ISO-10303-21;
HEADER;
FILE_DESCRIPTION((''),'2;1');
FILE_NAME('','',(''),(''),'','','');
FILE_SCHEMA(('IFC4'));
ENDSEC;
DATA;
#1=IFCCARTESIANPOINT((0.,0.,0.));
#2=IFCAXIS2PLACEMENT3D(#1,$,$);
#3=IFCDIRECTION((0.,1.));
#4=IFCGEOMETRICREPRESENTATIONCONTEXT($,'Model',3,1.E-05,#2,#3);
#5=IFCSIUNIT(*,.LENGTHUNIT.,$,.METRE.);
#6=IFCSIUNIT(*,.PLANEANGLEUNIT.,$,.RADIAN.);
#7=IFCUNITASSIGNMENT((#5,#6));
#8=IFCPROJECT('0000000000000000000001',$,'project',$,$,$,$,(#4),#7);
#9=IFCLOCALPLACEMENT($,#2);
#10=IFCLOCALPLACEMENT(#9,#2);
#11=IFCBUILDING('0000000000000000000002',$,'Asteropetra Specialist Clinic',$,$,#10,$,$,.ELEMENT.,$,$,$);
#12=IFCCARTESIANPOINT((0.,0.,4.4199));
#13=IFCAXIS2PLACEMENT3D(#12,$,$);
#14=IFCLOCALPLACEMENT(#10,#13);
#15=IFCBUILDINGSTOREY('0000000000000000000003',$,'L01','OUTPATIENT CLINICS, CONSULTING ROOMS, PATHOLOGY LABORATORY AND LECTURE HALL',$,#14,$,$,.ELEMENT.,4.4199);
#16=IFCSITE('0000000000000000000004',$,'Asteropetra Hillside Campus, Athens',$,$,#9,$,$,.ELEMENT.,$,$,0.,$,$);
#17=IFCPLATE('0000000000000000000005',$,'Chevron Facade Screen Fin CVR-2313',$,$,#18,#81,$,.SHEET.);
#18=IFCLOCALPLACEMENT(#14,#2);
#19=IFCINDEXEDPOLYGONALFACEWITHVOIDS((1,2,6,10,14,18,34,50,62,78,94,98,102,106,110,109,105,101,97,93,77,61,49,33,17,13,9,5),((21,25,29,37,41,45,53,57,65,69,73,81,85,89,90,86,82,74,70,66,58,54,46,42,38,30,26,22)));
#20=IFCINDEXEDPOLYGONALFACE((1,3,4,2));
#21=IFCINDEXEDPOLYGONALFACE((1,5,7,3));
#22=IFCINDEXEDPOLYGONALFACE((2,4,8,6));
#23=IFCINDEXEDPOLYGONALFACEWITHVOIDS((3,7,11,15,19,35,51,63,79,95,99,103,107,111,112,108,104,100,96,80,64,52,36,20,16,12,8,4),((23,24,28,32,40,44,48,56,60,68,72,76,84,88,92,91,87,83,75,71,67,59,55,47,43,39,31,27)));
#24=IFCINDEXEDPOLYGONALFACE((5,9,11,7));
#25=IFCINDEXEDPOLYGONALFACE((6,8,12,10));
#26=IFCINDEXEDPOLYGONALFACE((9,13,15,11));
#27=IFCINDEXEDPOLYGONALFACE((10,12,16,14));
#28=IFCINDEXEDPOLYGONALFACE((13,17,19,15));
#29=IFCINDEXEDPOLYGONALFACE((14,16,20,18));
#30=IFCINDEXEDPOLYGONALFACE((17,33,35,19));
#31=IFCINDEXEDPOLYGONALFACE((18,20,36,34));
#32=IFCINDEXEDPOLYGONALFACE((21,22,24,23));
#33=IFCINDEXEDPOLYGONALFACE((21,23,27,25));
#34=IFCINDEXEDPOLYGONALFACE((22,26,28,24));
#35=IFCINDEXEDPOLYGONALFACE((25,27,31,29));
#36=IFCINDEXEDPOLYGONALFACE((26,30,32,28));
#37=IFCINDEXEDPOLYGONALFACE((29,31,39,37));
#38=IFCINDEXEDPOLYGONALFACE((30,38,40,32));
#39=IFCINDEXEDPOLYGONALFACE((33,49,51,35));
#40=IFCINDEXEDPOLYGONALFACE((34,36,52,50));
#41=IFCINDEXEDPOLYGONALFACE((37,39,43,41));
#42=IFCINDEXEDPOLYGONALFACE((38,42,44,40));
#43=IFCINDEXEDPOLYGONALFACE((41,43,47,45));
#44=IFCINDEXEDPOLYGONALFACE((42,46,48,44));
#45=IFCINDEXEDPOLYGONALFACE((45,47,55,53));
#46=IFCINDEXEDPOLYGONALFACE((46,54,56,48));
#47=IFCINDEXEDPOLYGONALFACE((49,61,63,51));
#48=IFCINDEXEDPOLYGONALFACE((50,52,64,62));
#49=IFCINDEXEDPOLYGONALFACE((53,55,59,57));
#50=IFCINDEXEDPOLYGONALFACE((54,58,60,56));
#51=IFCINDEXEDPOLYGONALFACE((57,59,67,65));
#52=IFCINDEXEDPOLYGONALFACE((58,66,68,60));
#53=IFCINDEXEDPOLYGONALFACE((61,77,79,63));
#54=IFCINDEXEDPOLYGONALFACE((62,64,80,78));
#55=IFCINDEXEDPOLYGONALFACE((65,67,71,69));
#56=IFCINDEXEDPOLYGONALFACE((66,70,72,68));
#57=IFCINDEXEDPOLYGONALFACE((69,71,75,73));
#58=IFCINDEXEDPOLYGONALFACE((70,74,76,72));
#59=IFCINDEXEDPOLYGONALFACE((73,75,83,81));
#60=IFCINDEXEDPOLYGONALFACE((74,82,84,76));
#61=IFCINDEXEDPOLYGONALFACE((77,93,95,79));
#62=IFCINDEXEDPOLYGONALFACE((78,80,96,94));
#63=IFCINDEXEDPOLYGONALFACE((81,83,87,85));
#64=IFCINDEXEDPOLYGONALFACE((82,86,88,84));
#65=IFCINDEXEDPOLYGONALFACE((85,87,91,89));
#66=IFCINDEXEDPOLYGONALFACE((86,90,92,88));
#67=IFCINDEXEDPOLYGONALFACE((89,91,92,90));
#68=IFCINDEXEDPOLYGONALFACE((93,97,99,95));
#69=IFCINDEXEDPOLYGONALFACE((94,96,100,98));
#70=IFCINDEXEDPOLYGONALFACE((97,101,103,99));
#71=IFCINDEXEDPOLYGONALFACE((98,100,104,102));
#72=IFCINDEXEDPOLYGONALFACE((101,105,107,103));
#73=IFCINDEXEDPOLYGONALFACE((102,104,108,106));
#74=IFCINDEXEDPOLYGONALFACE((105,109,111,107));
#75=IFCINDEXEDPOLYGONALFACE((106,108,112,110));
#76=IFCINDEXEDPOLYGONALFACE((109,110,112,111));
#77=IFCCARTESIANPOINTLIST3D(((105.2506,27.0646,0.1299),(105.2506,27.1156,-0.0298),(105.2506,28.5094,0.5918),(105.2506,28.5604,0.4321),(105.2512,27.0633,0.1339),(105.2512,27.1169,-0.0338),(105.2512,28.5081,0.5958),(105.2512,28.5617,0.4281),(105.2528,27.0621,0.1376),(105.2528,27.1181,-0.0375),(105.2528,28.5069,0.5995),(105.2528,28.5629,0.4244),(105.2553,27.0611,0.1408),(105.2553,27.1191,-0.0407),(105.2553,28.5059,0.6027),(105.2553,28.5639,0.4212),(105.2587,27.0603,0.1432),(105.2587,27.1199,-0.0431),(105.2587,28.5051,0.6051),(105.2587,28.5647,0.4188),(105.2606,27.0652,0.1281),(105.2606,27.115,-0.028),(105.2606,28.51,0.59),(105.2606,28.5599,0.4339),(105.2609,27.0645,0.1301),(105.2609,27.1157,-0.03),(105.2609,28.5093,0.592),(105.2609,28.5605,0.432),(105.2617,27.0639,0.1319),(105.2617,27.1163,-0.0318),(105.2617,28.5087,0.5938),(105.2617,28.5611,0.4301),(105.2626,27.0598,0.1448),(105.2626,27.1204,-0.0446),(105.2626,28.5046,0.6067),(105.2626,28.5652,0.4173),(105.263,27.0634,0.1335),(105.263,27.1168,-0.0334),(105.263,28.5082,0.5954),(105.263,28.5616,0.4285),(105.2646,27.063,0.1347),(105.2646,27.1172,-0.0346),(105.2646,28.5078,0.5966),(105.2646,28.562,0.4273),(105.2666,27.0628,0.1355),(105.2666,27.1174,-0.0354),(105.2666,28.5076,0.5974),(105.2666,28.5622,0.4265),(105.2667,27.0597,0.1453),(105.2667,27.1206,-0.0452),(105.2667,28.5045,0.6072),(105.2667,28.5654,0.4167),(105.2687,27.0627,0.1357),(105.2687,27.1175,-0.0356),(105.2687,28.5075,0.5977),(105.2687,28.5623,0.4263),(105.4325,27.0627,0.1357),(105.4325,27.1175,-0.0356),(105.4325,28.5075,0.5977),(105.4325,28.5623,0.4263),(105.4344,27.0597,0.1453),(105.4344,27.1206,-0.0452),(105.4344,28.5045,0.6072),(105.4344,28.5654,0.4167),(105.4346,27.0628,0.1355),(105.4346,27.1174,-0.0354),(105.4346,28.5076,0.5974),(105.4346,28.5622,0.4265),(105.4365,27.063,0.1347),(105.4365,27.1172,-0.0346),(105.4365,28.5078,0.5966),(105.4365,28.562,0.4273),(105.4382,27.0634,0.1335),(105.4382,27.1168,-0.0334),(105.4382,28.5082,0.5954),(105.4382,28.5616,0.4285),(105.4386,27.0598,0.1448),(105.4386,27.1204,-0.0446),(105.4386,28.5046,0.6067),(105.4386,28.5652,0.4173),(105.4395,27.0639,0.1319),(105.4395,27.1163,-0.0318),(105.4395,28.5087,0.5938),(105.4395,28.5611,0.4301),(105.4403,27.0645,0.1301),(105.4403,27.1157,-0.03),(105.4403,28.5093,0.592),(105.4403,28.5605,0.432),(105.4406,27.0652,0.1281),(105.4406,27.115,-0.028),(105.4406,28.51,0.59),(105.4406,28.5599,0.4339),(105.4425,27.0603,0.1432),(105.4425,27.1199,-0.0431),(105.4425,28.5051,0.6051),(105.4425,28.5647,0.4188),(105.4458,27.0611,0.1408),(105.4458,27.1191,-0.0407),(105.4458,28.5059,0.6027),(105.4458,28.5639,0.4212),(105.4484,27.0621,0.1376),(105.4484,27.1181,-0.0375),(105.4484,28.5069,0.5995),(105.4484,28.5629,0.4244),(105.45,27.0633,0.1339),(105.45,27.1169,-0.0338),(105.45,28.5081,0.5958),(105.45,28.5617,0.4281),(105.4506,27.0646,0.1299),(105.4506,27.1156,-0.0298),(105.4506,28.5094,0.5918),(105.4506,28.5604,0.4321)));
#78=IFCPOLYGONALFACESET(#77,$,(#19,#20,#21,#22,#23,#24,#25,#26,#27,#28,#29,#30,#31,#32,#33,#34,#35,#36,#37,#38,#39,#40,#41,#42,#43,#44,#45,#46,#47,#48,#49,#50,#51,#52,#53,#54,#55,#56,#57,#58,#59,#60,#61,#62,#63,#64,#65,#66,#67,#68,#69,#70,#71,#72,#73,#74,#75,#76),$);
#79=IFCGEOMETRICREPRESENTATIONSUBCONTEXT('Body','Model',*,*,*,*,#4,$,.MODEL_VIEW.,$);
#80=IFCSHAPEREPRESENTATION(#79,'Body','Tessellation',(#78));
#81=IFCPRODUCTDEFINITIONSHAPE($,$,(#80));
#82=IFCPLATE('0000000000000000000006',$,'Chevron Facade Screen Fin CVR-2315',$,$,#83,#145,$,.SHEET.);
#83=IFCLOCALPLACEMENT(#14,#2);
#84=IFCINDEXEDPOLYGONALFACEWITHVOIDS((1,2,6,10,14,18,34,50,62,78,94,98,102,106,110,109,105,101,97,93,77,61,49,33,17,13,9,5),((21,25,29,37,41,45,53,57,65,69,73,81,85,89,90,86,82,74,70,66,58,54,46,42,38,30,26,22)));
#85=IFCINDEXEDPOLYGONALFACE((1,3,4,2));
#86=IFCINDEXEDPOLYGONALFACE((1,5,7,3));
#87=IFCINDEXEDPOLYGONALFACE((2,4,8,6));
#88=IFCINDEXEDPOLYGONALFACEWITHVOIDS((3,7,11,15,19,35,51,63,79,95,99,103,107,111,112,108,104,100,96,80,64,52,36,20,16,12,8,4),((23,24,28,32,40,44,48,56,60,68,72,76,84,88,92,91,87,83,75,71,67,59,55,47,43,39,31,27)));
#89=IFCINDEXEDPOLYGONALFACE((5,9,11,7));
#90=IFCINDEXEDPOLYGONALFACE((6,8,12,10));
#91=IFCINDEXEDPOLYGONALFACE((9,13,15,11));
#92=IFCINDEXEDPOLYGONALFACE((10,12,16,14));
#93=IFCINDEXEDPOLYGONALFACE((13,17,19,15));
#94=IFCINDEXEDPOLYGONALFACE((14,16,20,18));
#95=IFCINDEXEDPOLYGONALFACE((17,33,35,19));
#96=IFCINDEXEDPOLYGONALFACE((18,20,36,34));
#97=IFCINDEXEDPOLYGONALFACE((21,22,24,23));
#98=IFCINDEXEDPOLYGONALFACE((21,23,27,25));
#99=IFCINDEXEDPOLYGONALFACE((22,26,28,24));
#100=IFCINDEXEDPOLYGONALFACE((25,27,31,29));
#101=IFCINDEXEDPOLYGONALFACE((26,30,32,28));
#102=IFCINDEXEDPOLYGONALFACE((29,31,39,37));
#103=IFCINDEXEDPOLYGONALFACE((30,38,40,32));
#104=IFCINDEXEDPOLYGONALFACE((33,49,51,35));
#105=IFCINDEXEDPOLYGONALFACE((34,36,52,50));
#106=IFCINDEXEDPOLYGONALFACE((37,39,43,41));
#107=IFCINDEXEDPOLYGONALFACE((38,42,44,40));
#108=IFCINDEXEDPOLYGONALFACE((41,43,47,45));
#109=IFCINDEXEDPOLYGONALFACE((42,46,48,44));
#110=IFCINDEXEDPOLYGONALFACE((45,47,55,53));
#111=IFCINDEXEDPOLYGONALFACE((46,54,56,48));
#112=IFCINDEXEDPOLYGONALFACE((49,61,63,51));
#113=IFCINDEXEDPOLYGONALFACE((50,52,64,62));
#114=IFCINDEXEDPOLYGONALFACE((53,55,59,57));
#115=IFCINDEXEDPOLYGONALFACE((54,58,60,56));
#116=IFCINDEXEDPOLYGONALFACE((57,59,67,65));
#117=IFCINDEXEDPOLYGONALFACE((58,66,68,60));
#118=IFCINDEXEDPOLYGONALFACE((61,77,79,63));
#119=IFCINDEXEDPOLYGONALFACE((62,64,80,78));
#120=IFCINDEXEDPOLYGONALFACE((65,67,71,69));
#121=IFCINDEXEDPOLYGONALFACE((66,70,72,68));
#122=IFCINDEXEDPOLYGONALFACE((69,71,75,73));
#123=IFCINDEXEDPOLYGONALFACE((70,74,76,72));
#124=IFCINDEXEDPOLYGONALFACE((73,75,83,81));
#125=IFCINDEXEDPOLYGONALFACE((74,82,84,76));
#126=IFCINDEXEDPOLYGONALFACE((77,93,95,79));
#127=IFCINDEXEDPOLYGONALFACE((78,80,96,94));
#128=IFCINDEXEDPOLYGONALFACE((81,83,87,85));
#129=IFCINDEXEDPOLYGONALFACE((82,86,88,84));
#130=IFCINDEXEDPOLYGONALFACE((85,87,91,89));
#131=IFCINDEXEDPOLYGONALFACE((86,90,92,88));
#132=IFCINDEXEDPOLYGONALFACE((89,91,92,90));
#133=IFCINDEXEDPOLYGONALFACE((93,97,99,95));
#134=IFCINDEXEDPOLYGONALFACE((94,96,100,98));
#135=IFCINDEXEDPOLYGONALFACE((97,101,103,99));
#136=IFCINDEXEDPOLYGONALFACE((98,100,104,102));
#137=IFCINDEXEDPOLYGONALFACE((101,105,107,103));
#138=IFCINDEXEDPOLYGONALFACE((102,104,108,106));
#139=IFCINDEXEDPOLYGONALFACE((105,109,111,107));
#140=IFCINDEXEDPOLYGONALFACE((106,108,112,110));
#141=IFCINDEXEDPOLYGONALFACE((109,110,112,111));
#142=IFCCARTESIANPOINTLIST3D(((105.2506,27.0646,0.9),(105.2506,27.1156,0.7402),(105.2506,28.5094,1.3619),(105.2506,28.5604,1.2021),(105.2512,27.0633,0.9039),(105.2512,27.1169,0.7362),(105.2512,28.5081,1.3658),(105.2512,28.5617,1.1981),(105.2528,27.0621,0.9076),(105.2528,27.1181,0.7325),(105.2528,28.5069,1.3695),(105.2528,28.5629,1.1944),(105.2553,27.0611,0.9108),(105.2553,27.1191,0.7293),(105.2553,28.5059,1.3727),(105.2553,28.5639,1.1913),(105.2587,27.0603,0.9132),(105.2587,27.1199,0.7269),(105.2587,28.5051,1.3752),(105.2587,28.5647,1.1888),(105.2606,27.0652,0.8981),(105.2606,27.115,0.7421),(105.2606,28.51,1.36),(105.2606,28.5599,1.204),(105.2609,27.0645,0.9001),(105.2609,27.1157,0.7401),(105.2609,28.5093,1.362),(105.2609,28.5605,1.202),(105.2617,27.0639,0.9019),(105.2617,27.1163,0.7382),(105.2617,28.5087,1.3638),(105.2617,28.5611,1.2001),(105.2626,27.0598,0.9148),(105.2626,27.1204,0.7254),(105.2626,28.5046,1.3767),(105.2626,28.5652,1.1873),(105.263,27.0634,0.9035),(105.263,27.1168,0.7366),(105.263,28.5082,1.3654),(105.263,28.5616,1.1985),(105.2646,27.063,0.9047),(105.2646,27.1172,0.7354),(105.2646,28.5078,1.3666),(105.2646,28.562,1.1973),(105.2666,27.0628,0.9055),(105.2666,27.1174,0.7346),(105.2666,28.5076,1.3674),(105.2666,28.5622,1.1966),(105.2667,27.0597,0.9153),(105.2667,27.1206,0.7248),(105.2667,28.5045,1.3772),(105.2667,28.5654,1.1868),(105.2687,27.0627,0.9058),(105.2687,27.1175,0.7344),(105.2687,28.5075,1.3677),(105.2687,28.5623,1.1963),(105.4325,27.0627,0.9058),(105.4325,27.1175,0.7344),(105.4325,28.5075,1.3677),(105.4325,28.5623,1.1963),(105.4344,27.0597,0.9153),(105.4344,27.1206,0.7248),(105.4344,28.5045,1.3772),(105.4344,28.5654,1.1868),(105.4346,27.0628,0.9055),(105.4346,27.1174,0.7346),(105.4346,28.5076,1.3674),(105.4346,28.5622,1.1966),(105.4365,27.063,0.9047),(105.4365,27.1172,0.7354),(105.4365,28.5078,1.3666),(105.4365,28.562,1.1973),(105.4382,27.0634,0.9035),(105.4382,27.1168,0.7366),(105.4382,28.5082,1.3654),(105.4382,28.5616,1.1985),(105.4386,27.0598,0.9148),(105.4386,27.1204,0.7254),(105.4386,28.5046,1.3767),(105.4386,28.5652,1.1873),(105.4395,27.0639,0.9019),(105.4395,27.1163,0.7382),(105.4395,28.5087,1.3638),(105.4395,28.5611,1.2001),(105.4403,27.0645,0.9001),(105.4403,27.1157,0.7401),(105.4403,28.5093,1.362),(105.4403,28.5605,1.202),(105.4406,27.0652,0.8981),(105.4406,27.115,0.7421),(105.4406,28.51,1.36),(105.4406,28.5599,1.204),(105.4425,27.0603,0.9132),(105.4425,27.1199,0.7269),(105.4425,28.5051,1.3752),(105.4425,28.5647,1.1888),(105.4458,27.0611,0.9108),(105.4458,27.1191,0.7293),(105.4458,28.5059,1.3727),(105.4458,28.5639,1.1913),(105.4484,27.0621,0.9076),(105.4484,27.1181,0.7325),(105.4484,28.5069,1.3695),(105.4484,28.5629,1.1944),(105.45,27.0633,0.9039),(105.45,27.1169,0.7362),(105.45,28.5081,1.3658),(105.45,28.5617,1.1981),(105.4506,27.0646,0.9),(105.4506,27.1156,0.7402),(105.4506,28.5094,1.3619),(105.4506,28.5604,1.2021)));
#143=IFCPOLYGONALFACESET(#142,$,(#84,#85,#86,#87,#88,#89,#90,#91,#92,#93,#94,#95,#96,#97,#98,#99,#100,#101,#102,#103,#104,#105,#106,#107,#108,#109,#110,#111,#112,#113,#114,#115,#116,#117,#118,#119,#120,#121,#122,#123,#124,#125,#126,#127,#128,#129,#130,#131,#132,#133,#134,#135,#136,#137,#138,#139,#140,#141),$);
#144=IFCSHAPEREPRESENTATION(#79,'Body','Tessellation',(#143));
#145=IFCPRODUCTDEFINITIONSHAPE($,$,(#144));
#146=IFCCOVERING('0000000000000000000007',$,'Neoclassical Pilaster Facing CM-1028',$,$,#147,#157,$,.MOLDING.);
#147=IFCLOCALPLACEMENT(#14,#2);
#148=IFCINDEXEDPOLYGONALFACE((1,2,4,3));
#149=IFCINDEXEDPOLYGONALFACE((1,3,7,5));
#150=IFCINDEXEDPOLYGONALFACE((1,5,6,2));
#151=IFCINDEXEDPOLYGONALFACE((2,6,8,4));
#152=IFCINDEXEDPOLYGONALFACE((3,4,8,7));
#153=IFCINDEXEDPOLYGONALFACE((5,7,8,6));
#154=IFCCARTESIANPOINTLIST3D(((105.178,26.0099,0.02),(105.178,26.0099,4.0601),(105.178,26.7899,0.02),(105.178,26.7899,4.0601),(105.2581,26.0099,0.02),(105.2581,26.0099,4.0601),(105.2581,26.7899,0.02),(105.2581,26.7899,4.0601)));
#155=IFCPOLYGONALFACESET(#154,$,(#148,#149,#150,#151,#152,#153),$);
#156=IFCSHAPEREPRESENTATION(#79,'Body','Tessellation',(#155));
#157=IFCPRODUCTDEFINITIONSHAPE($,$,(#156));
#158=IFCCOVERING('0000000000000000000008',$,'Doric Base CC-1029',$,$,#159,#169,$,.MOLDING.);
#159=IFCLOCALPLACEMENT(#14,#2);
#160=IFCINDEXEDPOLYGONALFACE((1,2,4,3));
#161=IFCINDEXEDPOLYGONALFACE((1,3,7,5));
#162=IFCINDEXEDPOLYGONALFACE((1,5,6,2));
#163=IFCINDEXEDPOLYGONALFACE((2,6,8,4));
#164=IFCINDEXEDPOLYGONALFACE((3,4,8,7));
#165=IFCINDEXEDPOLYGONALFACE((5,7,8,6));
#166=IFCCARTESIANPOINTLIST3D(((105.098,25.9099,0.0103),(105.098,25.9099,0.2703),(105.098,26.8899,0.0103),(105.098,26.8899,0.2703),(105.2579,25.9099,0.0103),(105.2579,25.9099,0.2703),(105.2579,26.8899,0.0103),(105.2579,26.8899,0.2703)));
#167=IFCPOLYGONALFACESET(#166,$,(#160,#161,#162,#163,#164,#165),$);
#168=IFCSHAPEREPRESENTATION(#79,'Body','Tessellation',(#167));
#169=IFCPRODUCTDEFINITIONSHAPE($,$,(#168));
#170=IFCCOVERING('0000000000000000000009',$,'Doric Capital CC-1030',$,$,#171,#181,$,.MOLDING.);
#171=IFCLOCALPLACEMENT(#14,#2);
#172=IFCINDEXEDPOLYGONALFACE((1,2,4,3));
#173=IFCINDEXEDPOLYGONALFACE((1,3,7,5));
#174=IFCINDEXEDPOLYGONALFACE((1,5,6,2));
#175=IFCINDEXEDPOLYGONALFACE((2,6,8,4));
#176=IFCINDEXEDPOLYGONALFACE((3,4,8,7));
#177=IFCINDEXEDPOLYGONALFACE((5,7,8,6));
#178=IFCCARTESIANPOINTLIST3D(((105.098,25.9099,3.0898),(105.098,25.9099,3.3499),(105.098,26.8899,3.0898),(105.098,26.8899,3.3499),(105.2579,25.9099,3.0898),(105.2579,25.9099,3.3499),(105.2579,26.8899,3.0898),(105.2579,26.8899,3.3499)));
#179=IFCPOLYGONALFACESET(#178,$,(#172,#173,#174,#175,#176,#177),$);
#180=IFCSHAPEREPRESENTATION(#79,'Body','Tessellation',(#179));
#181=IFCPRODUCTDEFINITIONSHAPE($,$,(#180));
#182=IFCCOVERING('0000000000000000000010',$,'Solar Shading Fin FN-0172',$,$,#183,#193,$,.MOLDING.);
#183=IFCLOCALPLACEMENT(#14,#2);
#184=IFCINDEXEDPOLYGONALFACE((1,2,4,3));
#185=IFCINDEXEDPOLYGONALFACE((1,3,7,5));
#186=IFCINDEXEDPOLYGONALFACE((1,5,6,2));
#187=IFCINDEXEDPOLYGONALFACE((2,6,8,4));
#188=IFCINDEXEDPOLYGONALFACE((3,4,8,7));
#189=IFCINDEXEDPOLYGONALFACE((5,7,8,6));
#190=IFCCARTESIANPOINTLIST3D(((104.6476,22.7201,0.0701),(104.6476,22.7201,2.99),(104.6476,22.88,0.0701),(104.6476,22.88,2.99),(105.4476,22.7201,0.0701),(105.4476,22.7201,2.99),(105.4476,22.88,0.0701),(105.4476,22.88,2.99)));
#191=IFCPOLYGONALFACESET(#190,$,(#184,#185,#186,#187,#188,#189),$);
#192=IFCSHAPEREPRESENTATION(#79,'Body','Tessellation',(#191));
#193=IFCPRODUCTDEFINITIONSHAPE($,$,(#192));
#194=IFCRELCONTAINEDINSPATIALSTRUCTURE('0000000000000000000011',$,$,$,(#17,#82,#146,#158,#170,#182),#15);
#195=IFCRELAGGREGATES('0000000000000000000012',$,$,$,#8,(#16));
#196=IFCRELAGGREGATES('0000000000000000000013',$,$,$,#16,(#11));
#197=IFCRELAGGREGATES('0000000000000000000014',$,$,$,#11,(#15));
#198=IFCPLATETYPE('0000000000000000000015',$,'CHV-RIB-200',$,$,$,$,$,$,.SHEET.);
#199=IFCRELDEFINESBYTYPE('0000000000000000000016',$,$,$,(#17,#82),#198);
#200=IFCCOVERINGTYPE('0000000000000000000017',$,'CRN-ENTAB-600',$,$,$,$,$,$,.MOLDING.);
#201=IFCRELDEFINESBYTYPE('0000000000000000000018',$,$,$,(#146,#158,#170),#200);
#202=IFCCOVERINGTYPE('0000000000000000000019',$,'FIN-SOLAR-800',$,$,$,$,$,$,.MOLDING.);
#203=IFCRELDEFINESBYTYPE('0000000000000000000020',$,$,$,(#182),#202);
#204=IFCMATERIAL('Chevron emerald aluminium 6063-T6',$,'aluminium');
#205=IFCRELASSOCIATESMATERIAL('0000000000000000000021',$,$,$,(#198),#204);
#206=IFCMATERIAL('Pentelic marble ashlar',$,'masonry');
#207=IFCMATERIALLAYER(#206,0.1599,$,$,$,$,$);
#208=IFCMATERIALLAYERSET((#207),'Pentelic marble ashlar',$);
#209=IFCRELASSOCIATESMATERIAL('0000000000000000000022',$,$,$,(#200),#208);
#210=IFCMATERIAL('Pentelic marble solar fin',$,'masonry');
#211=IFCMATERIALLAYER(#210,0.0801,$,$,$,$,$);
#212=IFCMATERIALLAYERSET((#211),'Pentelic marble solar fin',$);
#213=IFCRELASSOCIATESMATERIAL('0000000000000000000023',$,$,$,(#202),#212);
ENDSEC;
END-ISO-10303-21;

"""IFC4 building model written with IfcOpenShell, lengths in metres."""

from ifc_helpers import new_model, si_unit, direction, frame, origin, origin_2d, place, context, subcontext, project, spatial, rectangle, hollow_rectangle, extrude, material, layer, layer_set, material_profile, profile_set, type_object, element, save


model = new_model("IFC4")

# Units and contexts
model_context = context("Model", 3, precision=1e-05, world=origin(), true_north=direction((0.0, 1.0)))
body_context = subcontext(model_context, "Body", "Model", "MODEL_VIEW")
ifc_project = project(units=[si_unit("LENGTHUNIT", "METRE"), si_unit("PLANEANGLEUNIT", "RADIAN")], contexts=[model_context])

# Site, building, storey
site_placement = place(None, origin())
site = spatial("IfcSite", under=ifc_project, at=site_placement, Name="Asteropetra Hillside Campus, Athens", CompositionType="ELEMENT", RefElevation=0.0)
building_placement = place(site_placement, origin())
building = spatial("IfcBuilding", under=site, at=building_placement, Name="Asteropetra Specialist Clinic", CompositionType="ELEMENT")
storey_placement = place(building_placement, frame((0.0, 0.0, 4.4199)))
storey = spatial("IfcBuildingStorey", under=building, at=storey_placement, Name="L01", Description="OUTPATIENT CLINICS, CONSULTING ROOMS, PATHOLOGY LABORATORY AND LECTURE HALL", CompositionType="ELEMENT", Elevation=4.4199)

# Plates
ifc_material_1 = material(Name="Chevron emerald aluminium 6063-T6", Category="aluminium")
ifc_material_profile = material_profile(ifc_material_1, hollow_rectangle(XDim=0.2, YDim=0.2, WallThickness=0.01, InnerFilletRadius=0.0081, OuterFilletRadius=0.0161, at=origin_2d()), Name="SHS 200x200x10.0")
ifc_profile_set = profile_set([ifc_material_profile], Name="Chevron emerald aluminium 6063-T6")
plate_type = type_object("IfcPlateType", Name="CHV-RIB-200", PredefinedType="SHEET", material=ifc_profile_set)
for number, where, z_axis, x_axis, name in (
    (1, (105.3506, 28.5349, 0.512), (0.0, -0.952506, -0.304519), (1.0, 0.0, 0.0), "Chevron Facade Screen Fin CVR-2313"),
    (2, (105.3506, 28.5349, 1.282), (0.0, -0.952506, -0.304519), (1.0, 0.0, 0.0), "Chevron Facade Screen Fin CVR-2315"),
):
    element("IfcPlate", number, at=place(storey_placement, frame(where, z_axis=z_axis, x_axis=x_axis)), inside=storey, type_object=plate_type, Name=name, PredefinedType="SHEET", context=body_context, shape_type="SweptSolid", body=[
        extrude(hollow_rectangle(XDim=0.2, YDim=0.2, WallThickness=0.01, InnerFilletRadius=0.0081, OuterFilletRadius=0.0161, at=origin_2d()), origin(), (0.0, 0.0, 1.0), 1.5168),
    ])

# Coverings
ifc_material_2 = material(Name="Pentelic marble ashlar", Category="masonry")
ifc_layer_1 = layer(ifc_material_2, 0.1599)
ifc_layer_set_1 = layer_set([ifc_layer_1], Name="Pentelic marble ashlar")
covering_type_1 = type_object("IfcCoveringType", Name="CRN-ENTAB-600", PredefinedType="MOLDING", material=ifc_layer_set_1)
covering_1_placement = place(storey_placement, frame((105.218, 26.3999, 0.02), z_axis=(0.0, 0.0, 1.0), x_axis=(1.0, 0.0, 0.0)))
element("IfcCovering", 3, at=covering_1_placement, inside=storey, type_object=covering_type_1, Name="Neoclassical Pilaster Facing CM-1028", PredefinedType="MOLDING", context=body_context, shape_type="SweptSolid", body=[
    extrude(rectangle(XDim=0.0801, YDim=0.78, at=origin_2d()), origin(), (0.0, 0.0, 1.0), 4.04),
])
for number, where, z_axis, x_axis, name in (
    (4, (105.178, 26.3999, 0.0103), (0.0, 0.0, 1.0), (1.0, 0.0, 0.0), "Doric Base CC-1029"),
    (5, (105.178, 26.3999, 3.0898), (0.0, 0.0, 1.0), (1.0, 0.0, 0.0), "Doric Capital CC-1030"),
):
    element("IfcCovering", number, at=place(storey_placement, frame(where, z_axis=z_axis, x_axis=x_axis)), inside=storey, type_object=covering_type_1, Name=name, PredefinedType="MOLDING", context=body_context, shape_type="SweptSolid", body=[
        extrude(rectangle(XDim=0.1599, YDim=0.98, at=origin_2d()), origin(), (0.0, 0.0, 1.0), 0.26),
    ])
ifc_material_3 = material(Name="Pentelic marble solar fin", Category="masonry")
ifc_layer_2 = layer(ifc_material_3, 0.0801)
ifc_layer_set_2 = layer_set([ifc_layer_2], Name="Pentelic marble solar fin")
covering_type_2 = type_object("IfcCoveringType", Name="FIN-SOLAR-800", PredefinedType="MOLDING", material=ifc_layer_set_2)
covering_2_placement = place(storey_placement, frame((105.0476, 22.8, 0.0701), z_axis=(0.0, 0.0, 1.0), x_axis=(1.0, 0.0, 0.0)))
element("IfcCovering", 6, at=covering_2_placement, inside=storey, type_object=covering_type_2, Name="Solar Shading Fin FN-0172", PredefinedType="MOLDING", context=body_context, shape_type="SweptSolid", body=[
    extrude(rectangle(XDim=0.8, YDim=0.1599, at=origin_2d()), origin(), (0.0, 0.0, 1.0), 2.9199),
])

save(model, "model.ifc")
